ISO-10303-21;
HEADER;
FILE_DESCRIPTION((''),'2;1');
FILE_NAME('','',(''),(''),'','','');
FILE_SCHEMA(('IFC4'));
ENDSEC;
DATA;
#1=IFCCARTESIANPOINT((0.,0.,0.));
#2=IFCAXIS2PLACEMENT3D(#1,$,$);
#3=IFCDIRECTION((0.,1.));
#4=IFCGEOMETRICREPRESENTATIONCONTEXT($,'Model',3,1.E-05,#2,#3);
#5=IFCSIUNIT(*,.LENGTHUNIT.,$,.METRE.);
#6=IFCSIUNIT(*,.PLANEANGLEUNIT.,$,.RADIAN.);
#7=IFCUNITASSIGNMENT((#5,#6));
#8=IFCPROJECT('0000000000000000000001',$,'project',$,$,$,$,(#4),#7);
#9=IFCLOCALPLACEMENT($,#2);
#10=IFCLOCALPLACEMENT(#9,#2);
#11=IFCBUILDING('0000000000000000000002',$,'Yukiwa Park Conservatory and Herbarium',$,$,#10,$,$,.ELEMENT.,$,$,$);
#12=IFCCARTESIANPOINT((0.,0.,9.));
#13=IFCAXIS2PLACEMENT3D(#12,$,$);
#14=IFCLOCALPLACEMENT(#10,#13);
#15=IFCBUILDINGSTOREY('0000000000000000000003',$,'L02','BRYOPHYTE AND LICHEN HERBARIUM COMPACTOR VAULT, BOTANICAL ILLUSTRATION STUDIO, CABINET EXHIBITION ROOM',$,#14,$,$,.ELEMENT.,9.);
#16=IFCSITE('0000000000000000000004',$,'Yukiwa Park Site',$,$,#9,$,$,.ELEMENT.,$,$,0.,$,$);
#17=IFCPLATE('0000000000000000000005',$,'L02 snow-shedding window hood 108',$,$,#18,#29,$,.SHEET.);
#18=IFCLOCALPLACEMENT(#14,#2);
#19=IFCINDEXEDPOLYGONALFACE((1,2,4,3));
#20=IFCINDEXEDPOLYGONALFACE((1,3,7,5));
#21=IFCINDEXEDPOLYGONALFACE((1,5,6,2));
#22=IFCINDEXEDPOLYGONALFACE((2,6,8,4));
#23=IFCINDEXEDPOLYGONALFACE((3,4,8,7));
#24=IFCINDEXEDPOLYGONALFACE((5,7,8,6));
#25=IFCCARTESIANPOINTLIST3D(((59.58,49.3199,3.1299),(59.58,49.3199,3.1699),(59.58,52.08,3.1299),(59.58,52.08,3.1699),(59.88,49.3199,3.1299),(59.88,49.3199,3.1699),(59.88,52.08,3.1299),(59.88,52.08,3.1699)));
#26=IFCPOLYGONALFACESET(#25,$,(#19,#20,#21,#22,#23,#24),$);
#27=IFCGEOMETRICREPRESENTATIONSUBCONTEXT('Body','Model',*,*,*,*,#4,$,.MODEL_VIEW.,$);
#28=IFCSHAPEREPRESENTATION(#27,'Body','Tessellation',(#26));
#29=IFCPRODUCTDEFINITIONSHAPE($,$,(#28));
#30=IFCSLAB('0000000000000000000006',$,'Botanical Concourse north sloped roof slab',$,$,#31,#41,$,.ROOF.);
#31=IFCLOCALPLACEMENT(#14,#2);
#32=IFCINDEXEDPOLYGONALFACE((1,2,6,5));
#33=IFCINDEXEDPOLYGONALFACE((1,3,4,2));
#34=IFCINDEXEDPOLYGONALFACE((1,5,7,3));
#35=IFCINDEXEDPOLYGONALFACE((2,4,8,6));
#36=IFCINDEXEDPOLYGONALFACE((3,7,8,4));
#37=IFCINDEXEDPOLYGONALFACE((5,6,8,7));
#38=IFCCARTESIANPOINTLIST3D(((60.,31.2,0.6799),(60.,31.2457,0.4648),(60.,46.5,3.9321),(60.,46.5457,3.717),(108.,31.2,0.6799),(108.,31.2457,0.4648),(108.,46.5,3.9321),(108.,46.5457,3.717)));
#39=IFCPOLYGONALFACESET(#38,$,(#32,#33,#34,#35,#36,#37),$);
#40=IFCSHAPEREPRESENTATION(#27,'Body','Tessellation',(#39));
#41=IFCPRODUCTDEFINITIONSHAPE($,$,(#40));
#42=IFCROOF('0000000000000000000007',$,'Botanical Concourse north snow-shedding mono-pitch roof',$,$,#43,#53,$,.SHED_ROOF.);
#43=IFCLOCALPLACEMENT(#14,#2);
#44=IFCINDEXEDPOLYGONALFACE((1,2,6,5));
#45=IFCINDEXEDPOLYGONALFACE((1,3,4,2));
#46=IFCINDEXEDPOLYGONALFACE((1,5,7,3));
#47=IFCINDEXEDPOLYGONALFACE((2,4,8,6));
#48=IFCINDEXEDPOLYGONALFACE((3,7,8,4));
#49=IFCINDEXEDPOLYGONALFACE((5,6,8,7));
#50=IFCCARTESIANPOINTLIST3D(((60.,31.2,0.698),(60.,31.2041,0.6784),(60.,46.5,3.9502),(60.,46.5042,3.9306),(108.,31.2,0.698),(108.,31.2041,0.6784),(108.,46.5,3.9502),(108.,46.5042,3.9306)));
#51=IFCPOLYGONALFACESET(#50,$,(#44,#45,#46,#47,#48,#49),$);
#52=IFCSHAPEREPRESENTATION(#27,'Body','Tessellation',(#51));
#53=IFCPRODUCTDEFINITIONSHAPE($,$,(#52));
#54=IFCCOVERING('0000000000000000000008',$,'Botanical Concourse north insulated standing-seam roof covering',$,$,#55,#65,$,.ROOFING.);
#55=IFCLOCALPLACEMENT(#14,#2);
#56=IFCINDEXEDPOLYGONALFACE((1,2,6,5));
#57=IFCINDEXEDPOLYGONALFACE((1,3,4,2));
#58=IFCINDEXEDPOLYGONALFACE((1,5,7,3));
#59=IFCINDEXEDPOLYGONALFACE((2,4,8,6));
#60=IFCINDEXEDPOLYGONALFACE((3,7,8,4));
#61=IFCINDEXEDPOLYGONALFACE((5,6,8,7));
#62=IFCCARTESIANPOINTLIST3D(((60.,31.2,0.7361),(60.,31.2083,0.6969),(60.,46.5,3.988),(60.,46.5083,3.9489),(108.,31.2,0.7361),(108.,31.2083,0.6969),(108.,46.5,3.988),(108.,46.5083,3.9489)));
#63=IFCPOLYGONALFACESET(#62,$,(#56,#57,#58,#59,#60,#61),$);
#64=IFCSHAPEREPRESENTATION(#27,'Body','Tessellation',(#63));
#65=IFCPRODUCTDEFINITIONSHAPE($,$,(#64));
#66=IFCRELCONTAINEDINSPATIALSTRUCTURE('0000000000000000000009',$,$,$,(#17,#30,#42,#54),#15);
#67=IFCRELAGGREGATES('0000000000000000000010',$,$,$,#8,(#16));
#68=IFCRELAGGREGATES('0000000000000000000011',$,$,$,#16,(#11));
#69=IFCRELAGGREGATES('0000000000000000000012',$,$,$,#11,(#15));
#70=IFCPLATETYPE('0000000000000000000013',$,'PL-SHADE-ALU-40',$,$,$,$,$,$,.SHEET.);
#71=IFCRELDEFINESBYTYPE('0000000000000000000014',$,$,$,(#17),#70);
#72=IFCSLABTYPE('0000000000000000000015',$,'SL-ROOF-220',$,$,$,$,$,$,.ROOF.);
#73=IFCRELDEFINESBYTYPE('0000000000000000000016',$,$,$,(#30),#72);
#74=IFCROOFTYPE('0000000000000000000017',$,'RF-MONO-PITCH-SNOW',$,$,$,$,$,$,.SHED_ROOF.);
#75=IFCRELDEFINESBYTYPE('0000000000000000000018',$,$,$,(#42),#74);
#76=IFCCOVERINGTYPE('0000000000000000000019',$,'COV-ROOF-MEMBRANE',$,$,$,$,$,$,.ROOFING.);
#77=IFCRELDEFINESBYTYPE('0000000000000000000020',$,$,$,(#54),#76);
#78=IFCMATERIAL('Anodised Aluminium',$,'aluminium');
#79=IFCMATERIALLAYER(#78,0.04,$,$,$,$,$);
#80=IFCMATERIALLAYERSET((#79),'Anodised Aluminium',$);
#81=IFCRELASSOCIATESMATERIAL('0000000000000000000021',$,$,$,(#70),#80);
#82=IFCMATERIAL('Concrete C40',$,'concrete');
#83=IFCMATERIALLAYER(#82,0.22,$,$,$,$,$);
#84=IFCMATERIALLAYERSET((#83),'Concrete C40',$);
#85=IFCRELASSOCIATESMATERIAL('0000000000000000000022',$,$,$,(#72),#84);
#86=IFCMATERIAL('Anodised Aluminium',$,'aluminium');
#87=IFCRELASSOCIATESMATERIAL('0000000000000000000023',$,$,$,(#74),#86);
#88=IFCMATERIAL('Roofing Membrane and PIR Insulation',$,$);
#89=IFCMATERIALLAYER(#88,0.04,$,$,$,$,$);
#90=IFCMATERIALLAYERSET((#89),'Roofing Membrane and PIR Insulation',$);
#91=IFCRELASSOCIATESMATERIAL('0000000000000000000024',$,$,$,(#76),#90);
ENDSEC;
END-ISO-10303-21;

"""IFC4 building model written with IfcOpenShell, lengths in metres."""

from ifc_helpers import new_model, si_unit, direction, frame, origin, origin_2d, place, context, subcontext, project, spatial, polyline, rectangle, outline, extrude, material, layer, layer_set, type_object, element, save


model = new_model("IFC4")

# Units and contexts
model_context = context("Model", 3, precision=1e-05, world=origin(), true_north=direction((0.0, 1.0)))
body_context = subcontext(model_context, "Body", "Model", "MODEL_VIEW")
ifc_project = project(units=[si_unit("LENGTHUNIT", "METRE"), si_unit("PLANEANGLEUNIT", "RADIAN")], contexts=[model_context])

# Site, building, storey
site_placement = place(None, origin())
site = spatial("IfcSite", under=ifc_project, at=site_placement, Name="Yukiwa Park Site", CompositionType="ELEMENT", RefElevation=0.0)
building_placement = place(site_placement, origin())
building = spatial("IfcBuilding", under=site, at=building_placement, Name="Yukiwa Park Conservatory and Herbarium", CompositionType="ELEMENT")
storey_placement = place(building_placement, frame((0.0, 0.0, 9.0)))
storey = spatial("IfcBuildingStorey", under=building, at=storey_placement, Name="L02", Description="BRYOPHYTE AND LICHEN HERBARIUM COMPACTOR VAULT, BOTANICAL ILLUSTRATION STUDIO, CABINET EXHIBITION ROOM", CompositionType="ELEMENT", Elevation=9.0)

# Plate
ifc_material_1 = material(Name="Anodised Aluminium", Category="aluminium")
ifc_layer_1 = layer(ifc_material_1, 0.04)
ifc_layer_set_1 = layer_set([ifc_layer_1], Name="Anodised Aluminium")
plate_type_1 = type_object("IfcPlateType", Name="PL-SHADE-ALU-40", PredefinedType="SHEET", material=ifc_layer_set_1)
plate_placement = place(storey_placement, frame((59.73, 50.7, 3.1299), z_axis=(0.0, 0.0, 1.0), x_axis=(0.0, -1.0, 0.0)))
element("IfcPlate", 1, at=plate_placement, inside=storey, type_object=plate_type_1, Name="L02 snow-shedding window hood 108", PredefinedType="SHEET", context=body_context, shape_type="SweptSolid", body=[
    extrude(rectangle(XDim=2.76, YDim=0.3, at=origin_2d()), origin(), (0.0, 0.0, 1.0), 0.04),
])

# Slab
ifc_material_2 = material(Name="Concrete C40", Category="concrete")
ifc_layer_2 = layer(ifc_material_2, 0.22)
ifc_layer_set_2 = layer_set([ifc_layer_2], Name="Concrete C40")
slab_type = type_object("IfcSlabType", Name="SL-ROOF-220", PredefinedType="ROOF", material=ifc_layer_set_2)
slab_placement = place(storey_placement, frame((60.0, 31.2, 0.6799), z_axis=(0.0, -0.207916, 0.978147), x_axis=(1.0, 0.0, 0.0)))
element("IfcSlab", 2, at=slab_placement, inside=storey, type_object=slab_type, Name="Botanical Concourse north sloped roof slab", PredefinedType="ROOF", context=body_context, shape_type="SweptSolid", body=[
    extrude(outline(polyline([(0.0, 0.0), (48.0, 0.0), (48.0, 15.6419), (0.0, 15.6419), (0.0, 0.0)])), origin(), (0.0, 0.0, -1.0), 0.22),
])

# Roof
ifc_material_3 = material(Name="Anodised Aluminium", Category="aluminium")
roof_type = type_object("IfcRoofType", Name="RF-MONO-PITCH-SNOW", PredefinedType="SHED_ROOF", material=ifc_material_3)
roof_placement = place(storey_placement, frame((60.0, 31.2, 0.698), z_axis=(0.0, -0.207916, 0.978147), x_axis=(1.0, 0.0, 0.0)))
element("IfcRoof", 3, at=roof_placement, inside=storey, type_object=roof_type, Name="Botanical Concourse north snow-shedding mono-pitch roof", PredefinedType="SHED_ROOF", context=body_context, shape_type="SweptSolid", body=[
    extrude(outline(polyline([(0.0, 0.0), (48.0, 0.0), (48.0, 15.6419), (0.0, 15.6419), (0.0, 0.0)])), origin(), (0.0, 0.0, -1.0), 0.02),
])

# Covering
ifc_material_4 = material(Name="Roofing Membrane and PIR Insulation")
ifc_layer_3 = layer(ifc_material_4, 0.04)
ifc_layer_set_3 = layer_set([ifc_layer_3], Name="Roofing Membrane and PIR Insulation")
covering_type = type_object("IfcCoveringType", Name="COV-ROOF-MEMBRANE", PredefinedType="ROOFING", material=ifc_layer_set_3)
covering_placement = place(storey_placement, frame((60.0, 31.2, 0.7361), z_axis=(0.0, -0.207901, 0.97815), x_axis=(1.0, 0.0, 0.0)))
element("IfcCovering", 4, at=covering_placement, inside=storey, type_object=covering_type, Name="Botanical Concourse north insulated standing-seam roof covering", PredefinedType="ROOFING", context=body_context, shape_type="SweptSolid", body=[
    extrude(outline(polyline([(0.0, 0.0), (48.0, 0.0), (48.0, 15.6418), (0.0, 15.6418), (0.0, 0.0)])), origin(), (0.0, 0.0, -1.0), 0.04),
])

save(model, "model.ifc")
